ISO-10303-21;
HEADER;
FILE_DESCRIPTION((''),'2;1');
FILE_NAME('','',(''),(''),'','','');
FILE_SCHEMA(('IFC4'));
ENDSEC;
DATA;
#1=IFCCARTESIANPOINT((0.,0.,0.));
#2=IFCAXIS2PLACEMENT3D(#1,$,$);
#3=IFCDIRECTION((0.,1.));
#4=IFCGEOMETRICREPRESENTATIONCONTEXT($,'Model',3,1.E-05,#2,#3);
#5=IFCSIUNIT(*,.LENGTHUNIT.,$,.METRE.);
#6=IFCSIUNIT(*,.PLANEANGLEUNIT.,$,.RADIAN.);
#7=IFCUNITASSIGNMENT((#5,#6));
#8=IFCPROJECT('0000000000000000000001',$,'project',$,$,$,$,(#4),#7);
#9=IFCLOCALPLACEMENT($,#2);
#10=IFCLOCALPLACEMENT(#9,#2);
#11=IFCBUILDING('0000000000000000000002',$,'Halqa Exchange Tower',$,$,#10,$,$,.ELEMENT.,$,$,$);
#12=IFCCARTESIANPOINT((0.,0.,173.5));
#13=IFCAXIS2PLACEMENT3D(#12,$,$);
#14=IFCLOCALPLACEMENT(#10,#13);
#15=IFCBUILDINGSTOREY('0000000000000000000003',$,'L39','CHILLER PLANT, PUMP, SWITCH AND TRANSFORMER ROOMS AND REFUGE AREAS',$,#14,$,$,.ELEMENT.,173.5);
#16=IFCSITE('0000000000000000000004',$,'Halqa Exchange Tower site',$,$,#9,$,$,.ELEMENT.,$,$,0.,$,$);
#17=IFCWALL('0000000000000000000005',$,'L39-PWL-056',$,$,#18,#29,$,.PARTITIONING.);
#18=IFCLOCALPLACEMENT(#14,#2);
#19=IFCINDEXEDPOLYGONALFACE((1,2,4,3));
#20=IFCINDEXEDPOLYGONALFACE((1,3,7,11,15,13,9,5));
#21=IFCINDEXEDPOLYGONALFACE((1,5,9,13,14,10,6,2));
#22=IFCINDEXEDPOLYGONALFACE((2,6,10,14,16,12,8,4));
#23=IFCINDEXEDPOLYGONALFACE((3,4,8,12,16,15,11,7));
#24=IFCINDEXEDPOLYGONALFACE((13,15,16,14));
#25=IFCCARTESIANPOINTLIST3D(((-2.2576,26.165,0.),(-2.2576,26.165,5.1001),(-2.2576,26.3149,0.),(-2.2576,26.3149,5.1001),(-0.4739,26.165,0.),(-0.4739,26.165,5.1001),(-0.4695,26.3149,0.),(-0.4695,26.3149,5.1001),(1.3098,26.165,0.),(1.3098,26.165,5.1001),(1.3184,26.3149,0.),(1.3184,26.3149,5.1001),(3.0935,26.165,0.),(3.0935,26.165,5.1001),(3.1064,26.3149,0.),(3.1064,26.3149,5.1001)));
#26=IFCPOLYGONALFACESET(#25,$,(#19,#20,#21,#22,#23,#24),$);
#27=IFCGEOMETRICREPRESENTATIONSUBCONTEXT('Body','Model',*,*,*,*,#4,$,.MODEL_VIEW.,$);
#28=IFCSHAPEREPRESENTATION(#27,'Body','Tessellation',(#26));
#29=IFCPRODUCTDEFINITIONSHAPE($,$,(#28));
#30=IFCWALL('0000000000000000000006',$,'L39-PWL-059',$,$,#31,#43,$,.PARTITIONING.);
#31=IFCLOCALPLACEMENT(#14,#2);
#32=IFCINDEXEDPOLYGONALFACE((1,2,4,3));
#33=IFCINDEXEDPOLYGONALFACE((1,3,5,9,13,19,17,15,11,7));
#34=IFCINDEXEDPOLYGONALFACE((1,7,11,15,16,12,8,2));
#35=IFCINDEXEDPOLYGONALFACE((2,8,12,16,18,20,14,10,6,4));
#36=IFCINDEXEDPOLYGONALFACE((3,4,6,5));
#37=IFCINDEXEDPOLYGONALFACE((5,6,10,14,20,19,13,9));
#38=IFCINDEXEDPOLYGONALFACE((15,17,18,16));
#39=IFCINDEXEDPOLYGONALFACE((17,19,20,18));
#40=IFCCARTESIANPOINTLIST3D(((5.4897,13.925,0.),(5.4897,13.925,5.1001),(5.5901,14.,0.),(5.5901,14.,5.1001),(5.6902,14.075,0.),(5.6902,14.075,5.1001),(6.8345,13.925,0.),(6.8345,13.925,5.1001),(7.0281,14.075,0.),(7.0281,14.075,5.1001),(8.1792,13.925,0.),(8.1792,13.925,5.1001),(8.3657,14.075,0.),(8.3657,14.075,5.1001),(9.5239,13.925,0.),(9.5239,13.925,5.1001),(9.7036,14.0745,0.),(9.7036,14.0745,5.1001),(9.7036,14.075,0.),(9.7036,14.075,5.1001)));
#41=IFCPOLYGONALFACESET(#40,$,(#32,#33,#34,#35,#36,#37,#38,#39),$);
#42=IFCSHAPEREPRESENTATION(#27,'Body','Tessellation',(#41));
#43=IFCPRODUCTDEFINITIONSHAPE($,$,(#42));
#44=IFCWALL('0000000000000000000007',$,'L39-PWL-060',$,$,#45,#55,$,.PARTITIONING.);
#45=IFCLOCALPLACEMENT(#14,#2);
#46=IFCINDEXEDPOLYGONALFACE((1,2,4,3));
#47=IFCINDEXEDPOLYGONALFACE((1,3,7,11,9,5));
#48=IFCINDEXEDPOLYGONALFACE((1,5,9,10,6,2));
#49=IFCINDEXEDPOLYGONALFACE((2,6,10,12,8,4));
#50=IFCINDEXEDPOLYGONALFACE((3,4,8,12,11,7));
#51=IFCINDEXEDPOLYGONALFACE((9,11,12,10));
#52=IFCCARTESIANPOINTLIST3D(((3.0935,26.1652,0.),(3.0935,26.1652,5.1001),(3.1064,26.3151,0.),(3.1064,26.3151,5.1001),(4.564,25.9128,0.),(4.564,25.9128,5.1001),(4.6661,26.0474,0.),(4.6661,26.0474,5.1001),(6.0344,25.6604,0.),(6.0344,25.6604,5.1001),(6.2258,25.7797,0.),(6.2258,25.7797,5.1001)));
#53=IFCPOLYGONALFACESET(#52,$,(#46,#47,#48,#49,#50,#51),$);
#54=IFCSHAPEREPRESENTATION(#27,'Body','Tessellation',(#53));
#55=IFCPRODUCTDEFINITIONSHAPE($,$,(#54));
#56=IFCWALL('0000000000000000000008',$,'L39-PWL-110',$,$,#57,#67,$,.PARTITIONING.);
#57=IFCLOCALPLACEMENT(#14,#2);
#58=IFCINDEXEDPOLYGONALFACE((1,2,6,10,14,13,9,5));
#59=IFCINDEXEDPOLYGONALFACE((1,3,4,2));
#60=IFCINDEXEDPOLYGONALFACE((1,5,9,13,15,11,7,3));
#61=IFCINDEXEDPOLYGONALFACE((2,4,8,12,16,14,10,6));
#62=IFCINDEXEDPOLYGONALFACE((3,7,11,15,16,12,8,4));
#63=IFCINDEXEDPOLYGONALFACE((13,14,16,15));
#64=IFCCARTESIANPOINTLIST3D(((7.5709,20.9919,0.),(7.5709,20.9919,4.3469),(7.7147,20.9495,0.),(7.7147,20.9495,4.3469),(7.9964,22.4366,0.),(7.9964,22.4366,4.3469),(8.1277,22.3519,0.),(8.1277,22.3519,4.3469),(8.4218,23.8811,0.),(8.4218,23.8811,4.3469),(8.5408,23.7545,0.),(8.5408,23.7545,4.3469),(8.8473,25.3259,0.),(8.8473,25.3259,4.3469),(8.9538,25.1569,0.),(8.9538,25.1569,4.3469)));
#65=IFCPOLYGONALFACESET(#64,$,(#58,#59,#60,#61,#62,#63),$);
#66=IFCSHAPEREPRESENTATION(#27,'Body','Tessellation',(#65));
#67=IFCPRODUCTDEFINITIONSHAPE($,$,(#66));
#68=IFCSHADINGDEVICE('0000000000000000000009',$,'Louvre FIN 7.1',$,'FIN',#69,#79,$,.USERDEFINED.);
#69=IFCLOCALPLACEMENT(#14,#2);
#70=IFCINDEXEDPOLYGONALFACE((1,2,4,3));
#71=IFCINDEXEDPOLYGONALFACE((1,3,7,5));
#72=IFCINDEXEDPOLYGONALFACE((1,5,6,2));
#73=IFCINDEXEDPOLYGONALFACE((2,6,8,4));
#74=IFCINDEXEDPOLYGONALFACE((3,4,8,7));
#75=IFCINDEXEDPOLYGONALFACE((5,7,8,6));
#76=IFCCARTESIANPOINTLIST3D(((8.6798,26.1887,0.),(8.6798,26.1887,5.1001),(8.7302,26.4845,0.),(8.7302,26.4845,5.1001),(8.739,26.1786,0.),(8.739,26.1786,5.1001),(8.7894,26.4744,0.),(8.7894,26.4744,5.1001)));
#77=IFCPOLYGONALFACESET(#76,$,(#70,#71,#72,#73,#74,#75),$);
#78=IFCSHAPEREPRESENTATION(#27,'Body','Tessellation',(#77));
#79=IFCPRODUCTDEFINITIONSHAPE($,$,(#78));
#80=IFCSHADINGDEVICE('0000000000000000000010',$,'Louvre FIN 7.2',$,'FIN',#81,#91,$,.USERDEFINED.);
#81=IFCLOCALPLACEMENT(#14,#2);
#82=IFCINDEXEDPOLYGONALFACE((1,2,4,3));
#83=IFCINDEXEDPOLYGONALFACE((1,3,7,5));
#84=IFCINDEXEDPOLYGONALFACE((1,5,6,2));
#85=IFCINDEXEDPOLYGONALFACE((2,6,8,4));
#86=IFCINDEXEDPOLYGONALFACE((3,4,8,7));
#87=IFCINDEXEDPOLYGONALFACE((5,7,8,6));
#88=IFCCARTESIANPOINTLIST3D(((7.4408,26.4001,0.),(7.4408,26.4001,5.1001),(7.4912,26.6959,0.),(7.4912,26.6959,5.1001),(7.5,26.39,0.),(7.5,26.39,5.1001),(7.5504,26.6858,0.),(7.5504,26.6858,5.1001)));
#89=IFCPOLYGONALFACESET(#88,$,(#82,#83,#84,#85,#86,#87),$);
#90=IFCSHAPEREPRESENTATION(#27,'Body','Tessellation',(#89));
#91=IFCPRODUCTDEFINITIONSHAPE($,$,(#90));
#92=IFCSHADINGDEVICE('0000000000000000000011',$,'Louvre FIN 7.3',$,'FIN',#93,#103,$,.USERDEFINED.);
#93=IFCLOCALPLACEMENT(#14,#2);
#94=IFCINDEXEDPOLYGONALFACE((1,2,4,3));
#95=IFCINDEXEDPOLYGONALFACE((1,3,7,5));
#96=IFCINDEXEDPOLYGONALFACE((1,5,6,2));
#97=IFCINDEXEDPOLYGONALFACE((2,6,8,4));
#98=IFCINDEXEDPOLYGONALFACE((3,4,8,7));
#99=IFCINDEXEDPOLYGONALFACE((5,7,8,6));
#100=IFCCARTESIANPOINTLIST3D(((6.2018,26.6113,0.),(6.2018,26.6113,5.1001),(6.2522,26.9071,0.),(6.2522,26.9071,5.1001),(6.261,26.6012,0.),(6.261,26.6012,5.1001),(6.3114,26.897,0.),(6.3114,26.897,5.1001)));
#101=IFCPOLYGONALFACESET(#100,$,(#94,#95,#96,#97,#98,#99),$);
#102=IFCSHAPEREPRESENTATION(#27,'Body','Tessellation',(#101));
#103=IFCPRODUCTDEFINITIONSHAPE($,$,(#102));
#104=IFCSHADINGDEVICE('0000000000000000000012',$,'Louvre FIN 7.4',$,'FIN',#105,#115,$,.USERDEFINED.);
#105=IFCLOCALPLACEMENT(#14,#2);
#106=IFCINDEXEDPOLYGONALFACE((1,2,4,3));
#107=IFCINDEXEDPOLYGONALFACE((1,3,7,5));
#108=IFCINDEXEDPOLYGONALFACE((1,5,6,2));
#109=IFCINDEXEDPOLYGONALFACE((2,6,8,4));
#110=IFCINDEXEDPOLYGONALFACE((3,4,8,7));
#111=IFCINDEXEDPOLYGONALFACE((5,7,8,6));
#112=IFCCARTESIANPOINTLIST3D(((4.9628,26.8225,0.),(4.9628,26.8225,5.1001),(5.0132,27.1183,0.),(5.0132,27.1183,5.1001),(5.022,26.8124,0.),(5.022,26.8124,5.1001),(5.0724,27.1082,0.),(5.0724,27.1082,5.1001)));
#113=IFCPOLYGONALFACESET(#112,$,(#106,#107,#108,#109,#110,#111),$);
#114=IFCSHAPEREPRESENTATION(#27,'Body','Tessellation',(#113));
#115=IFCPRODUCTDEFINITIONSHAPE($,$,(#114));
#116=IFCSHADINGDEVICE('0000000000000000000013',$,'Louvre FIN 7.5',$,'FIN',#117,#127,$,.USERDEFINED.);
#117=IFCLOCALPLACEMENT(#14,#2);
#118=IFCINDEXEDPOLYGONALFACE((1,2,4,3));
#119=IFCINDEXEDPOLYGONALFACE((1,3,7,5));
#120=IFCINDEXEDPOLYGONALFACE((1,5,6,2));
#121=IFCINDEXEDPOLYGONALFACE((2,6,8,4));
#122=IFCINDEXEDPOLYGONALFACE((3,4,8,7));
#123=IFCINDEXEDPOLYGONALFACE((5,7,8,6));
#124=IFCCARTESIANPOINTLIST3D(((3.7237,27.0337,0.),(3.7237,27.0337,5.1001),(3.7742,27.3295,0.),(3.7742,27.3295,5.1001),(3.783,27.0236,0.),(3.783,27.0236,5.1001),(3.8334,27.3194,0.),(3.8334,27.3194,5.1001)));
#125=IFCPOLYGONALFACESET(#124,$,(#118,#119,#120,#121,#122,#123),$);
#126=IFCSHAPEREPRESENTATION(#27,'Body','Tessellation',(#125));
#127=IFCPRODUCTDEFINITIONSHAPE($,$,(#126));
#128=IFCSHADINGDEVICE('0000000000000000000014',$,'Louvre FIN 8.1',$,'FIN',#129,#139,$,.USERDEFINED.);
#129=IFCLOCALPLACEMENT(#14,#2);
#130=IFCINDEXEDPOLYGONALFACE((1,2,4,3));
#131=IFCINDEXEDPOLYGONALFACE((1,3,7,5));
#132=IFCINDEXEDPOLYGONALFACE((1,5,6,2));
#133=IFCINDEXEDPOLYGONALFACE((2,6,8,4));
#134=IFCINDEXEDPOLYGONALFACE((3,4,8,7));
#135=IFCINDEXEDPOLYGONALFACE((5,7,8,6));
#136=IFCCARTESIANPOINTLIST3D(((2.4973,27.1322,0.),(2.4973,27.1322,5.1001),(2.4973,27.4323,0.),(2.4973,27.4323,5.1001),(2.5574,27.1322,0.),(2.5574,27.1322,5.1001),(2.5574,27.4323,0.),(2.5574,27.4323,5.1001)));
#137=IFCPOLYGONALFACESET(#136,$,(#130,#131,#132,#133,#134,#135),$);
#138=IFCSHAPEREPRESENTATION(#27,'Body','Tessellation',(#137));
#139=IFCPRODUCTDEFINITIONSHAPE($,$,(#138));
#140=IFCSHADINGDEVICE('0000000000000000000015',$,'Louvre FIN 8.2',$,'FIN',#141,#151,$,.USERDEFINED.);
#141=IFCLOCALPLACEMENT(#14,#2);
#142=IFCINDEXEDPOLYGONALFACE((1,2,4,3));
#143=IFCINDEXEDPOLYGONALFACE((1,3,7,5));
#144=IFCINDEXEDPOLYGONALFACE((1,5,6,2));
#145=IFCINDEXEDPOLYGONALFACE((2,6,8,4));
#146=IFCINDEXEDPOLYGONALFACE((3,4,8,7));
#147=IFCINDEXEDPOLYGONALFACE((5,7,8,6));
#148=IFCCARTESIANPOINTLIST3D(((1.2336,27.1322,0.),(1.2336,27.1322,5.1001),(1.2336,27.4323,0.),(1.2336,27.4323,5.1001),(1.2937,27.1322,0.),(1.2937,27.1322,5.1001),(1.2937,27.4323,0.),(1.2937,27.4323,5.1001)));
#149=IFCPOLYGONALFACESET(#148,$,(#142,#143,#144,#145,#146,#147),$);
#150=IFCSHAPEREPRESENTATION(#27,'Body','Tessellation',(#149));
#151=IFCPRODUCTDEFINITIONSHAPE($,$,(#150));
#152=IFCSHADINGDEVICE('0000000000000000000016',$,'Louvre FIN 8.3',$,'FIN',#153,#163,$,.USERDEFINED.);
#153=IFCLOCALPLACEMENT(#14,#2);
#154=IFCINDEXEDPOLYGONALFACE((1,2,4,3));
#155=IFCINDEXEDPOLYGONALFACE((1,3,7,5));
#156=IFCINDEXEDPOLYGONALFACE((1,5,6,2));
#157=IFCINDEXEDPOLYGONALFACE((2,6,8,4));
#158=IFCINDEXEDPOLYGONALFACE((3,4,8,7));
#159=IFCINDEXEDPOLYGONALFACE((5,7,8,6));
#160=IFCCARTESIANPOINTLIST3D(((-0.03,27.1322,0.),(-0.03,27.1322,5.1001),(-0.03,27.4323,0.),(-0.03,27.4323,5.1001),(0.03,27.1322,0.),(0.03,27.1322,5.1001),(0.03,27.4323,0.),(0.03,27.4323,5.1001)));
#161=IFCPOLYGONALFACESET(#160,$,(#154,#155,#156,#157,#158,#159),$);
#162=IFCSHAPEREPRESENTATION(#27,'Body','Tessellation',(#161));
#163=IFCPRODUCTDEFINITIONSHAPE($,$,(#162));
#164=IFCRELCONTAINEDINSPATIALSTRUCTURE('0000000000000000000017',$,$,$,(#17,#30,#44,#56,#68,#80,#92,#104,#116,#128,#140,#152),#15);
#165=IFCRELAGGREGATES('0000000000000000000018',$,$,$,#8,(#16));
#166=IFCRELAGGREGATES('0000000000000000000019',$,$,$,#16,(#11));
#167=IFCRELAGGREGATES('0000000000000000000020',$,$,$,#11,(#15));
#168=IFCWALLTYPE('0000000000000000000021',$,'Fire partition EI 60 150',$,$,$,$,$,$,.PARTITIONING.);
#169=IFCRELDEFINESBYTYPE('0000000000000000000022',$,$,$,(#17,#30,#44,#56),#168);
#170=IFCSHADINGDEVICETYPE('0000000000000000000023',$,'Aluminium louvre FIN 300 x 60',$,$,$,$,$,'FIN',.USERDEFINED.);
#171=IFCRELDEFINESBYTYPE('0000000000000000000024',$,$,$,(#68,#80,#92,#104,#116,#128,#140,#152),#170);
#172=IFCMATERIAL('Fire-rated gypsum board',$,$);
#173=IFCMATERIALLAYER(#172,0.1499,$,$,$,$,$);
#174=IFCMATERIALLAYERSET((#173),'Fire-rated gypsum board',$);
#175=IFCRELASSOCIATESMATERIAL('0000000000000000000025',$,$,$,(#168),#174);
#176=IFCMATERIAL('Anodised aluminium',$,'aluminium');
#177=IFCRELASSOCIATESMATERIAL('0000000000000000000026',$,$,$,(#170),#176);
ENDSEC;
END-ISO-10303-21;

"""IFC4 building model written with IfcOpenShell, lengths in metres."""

from ifc_helpers import new_model, si_unit, direction, frame, origin, origin_2d, place, context, subcontext, project, spatial, polyline, rectangle, outline, extrude, material, layer, layer_set, material_profile, profile_set, type_object, element, save


model = new_model("IFC4")

# Units and contexts
model_context = context("Model", 3, precision=1e-05, world=origin(), true_north=direction((0.0, 1.0)))
body_context = subcontext(model_context, "Body", "Model", "MODEL_VIEW")
ifc_project = project(units=[si_unit("LENGTHUNIT", "METRE"), si_unit("PLANEANGLEUNIT", "RADIAN")], contexts=[model_context])

# Site, building, storey
site_placement = place(None, origin())
site = spatial("IfcSite", under=ifc_project, at=site_placement, Name="Halqa Exchange Tower site", CompositionType="ELEMENT", RefElevation=0.0)
building_placement = place(site_placement, origin())
building = spatial("IfcBuilding", under=site, at=building_placement, Name="Halqa Exchange Tower", CompositionType="ELEMENT")
storey_placement = place(building_placement, frame((0.0, 0.0, 173.5)))
storey = spatial("IfcBuildingStorey", under=building, at=storey_placement, Name="L39", Description="CHILLER PLANT, PUMP, SWITCH AND TRANSFORMER ROOMS AND REFUGE AREAS", CompositionType="ELEMENT", Elevation=173.5)

# Walls
ifc_material_1 = material(Name="Fire-rated gypsum board")
ifc_layer_1 = layer(ifc_material_1, 0.1499)
ifc_layer_set_1 = layer_set([ifc_layer_1], Name="Fire-rated gypsum board")
wall_type = type_object("IfcWallType", Name="Fire partition EI 60 150", PredefinedType="PARTITIONING", material=ifc_layer_set_1)
wall_1_placement = place(storey_placement, frame((3.1064, 26.24, 0.0), z_axis=(0.0, 0.0, 1.0), x_axis=(-1.0, 0.0, 0.0)))
element("IfcWall", 1, at=wall_1_placement, inside=storey, type_object=wall_type, Name="L39-PWL-056", PredefinedType="PARTITIONING", context=body_context, shape_type="SweptSolid", body=[
    extrude(outline(polyline([(5.364, 0.075), (3.5803, 0.075), (1.7966, 0.075), (0.0129, 0.075), (0.0, -0.075), (1.7881, -0.075), (3.5759, -0.075), (5.364, -0.075), (5.364, 0.075)])), origin(), (0.0, 0.0, 1.0), 5.1001),
])
wall_2_placement = place(storey_placement, frame((5.4897, 14.0, 0.0), z_axis=(0.0, 0.0, 1.0), x_axis=(1.0, 0.0, 0.0)))
element("IfcWall", 2, at=wall_2_placement, inside=storey, type_object=wall_type, Name="L39-PWL-059", PredefinedType="PARTITIONING", context=body_context, shape_type="SweptSolid", body=[
    extrude(outline(polyline([(0.0, -0.075), (1.3447, -0.075), (2.6895, -0.075), (4.0342, -0.075), (4.2139, 0.0745), (4.2139, 0.075), (2.876, 0.075), (1.5383, 0.075), (0.2004, 0.075), (0.1003, 0.0), (0.0, -0.075)])), origin(), (0.0, 0.0, 1.0), 5.1001),
])
wall_3_placement = place(storey_placement, frame((6.2131, 25.7058, 0.0), z_axis=(0.0, 0.0, 1.0), x_axis=(-0.985588, 0.169163, 0.0)))
element("IfcWall", 3, at=wall_3_placement, inside=storey, type_object=wall_type, Name="L39-PWL-060", PredefinedType="PARTITIONING", context=body_context, shape_type="SweptSolid", body=[
    extrude(outline(polyline([(0.0, -0.075), (1.5825, -0.075), (3.165, -0.075), (3.1523, 0.075), (1.6604, 0.075), (0.1685, 0.075), (0.0, -0.075), (0.0, -0.075)])), origin(), (0.0, 0.0, 1.0), 5.1001),
])
wall_4_placement = place(storey_placement, frame((7.6428, 20.9707, 0.0), z_axis=(0.0, 0.0, 1.0), x_axis=(0.282506, 0.959266, 0.0)))
element("IfcWall", 4, at=wall_4_placement, inside=storey, type_object=wall_type, Name="L39-PWL-110", PredefinedType="PARTITIONING", context=body_context, shape_type="SweptSolid", body=[
    extrude(outline(polyline([(0.0, -0.075), (1.4619, -0.075), (2.9241, -0.075), (4.386, -0.075), (4.5181, 0.075), (3.012, 0.075), (1.5061, 0.075), (0.0, 0.075), (0.0, -0.075)])), origin(), (0.0, 0.0, 1.0), 4.3469),
])

# Shading devices
ifc_material_2 = material(Name="Anodised aluminium", Category="aluminium")
ifc_material_profile_1 = material_profile(ifc_material_2, rectangle(XDim=0.3, YDim=0.0601, at=origin_2d()), Name="AL FIN 300x60")
ifc_profile_set_1 = profile_set([ifc_material_profile_1], Name="Anodised aluminium")
shading_device_type = type_object("IfcShadingDeviceType", Name="Aluminium louvre FIN 300 x 60", ElementType="FIN", PredefinedType="USERDEFINED", material=ifc_profile_set_1)
for number, where, z_axis, x_axis, name in (
    (5, (8.7346, 26.3315, 0.0), (0.0, 0.0, 1.0), (-0.168073, -0.985775, 0.0), "Louvre FIN 7.1"),
    (6, (7.4956, 26.543, 0.0), (0.0, 0.0, 1.0), (-0.168073, -0.985775, 0.0), "Louvre FIN 7.2"),
    (7, (6.2566, 26.7542, 0.0), (0.0, 0.0, 1.0), (-0.168073, -0.985775, 0.0), "Louvre FIN 7.3"),
    (8, (5.0176, 26.9653, 0.0), (0.0, 0.0, 1.0), (-0.168073, -0.985775, 0.0), "Louvre FIN 7.4"),
    (9, (3.7786, 27.1765, 0.0), (0.0, 0.0, 1.0), (-0.168073, -0.985775, 0.0), "Louvre FIN 7.5"),
    (10, (2.5273, 27.2822, 0.0), (0.0, 0.0, 1.0), (0.0, -1.0, 0.0), "Louvre FIN 8.1"),
    (11, (1.2637, 27.2822, 0.0), (0.0, 0.0, 1.0), (0.0, -1.0, 0.0), "Louvre FIN 8.2"),
    (12, (0.0, 27.2822, 0.0), (0.0, 0.0, 1.0), (0.0, -1.0, 0.0), "Louvre FIN 8.3"),
):
    element("IfcShadingDevice", number, at=place(storey_placement, frame(where, z_axis=z_axis, x_axis=x_axis)), inside=storey, type_object=shading_device_type, Name=name, ObjectType="FIN", PredefinedType="USERDEFINED", context=body_context, shape_type="SweptSolid", body=[
        extrude(rectangle(XDim=0.3, YDim=0.0601, at=origin_2d()), origin(), (0.0, 0.0, 1.0), 5.1001),
    ])

save(model, "model.ifc")
